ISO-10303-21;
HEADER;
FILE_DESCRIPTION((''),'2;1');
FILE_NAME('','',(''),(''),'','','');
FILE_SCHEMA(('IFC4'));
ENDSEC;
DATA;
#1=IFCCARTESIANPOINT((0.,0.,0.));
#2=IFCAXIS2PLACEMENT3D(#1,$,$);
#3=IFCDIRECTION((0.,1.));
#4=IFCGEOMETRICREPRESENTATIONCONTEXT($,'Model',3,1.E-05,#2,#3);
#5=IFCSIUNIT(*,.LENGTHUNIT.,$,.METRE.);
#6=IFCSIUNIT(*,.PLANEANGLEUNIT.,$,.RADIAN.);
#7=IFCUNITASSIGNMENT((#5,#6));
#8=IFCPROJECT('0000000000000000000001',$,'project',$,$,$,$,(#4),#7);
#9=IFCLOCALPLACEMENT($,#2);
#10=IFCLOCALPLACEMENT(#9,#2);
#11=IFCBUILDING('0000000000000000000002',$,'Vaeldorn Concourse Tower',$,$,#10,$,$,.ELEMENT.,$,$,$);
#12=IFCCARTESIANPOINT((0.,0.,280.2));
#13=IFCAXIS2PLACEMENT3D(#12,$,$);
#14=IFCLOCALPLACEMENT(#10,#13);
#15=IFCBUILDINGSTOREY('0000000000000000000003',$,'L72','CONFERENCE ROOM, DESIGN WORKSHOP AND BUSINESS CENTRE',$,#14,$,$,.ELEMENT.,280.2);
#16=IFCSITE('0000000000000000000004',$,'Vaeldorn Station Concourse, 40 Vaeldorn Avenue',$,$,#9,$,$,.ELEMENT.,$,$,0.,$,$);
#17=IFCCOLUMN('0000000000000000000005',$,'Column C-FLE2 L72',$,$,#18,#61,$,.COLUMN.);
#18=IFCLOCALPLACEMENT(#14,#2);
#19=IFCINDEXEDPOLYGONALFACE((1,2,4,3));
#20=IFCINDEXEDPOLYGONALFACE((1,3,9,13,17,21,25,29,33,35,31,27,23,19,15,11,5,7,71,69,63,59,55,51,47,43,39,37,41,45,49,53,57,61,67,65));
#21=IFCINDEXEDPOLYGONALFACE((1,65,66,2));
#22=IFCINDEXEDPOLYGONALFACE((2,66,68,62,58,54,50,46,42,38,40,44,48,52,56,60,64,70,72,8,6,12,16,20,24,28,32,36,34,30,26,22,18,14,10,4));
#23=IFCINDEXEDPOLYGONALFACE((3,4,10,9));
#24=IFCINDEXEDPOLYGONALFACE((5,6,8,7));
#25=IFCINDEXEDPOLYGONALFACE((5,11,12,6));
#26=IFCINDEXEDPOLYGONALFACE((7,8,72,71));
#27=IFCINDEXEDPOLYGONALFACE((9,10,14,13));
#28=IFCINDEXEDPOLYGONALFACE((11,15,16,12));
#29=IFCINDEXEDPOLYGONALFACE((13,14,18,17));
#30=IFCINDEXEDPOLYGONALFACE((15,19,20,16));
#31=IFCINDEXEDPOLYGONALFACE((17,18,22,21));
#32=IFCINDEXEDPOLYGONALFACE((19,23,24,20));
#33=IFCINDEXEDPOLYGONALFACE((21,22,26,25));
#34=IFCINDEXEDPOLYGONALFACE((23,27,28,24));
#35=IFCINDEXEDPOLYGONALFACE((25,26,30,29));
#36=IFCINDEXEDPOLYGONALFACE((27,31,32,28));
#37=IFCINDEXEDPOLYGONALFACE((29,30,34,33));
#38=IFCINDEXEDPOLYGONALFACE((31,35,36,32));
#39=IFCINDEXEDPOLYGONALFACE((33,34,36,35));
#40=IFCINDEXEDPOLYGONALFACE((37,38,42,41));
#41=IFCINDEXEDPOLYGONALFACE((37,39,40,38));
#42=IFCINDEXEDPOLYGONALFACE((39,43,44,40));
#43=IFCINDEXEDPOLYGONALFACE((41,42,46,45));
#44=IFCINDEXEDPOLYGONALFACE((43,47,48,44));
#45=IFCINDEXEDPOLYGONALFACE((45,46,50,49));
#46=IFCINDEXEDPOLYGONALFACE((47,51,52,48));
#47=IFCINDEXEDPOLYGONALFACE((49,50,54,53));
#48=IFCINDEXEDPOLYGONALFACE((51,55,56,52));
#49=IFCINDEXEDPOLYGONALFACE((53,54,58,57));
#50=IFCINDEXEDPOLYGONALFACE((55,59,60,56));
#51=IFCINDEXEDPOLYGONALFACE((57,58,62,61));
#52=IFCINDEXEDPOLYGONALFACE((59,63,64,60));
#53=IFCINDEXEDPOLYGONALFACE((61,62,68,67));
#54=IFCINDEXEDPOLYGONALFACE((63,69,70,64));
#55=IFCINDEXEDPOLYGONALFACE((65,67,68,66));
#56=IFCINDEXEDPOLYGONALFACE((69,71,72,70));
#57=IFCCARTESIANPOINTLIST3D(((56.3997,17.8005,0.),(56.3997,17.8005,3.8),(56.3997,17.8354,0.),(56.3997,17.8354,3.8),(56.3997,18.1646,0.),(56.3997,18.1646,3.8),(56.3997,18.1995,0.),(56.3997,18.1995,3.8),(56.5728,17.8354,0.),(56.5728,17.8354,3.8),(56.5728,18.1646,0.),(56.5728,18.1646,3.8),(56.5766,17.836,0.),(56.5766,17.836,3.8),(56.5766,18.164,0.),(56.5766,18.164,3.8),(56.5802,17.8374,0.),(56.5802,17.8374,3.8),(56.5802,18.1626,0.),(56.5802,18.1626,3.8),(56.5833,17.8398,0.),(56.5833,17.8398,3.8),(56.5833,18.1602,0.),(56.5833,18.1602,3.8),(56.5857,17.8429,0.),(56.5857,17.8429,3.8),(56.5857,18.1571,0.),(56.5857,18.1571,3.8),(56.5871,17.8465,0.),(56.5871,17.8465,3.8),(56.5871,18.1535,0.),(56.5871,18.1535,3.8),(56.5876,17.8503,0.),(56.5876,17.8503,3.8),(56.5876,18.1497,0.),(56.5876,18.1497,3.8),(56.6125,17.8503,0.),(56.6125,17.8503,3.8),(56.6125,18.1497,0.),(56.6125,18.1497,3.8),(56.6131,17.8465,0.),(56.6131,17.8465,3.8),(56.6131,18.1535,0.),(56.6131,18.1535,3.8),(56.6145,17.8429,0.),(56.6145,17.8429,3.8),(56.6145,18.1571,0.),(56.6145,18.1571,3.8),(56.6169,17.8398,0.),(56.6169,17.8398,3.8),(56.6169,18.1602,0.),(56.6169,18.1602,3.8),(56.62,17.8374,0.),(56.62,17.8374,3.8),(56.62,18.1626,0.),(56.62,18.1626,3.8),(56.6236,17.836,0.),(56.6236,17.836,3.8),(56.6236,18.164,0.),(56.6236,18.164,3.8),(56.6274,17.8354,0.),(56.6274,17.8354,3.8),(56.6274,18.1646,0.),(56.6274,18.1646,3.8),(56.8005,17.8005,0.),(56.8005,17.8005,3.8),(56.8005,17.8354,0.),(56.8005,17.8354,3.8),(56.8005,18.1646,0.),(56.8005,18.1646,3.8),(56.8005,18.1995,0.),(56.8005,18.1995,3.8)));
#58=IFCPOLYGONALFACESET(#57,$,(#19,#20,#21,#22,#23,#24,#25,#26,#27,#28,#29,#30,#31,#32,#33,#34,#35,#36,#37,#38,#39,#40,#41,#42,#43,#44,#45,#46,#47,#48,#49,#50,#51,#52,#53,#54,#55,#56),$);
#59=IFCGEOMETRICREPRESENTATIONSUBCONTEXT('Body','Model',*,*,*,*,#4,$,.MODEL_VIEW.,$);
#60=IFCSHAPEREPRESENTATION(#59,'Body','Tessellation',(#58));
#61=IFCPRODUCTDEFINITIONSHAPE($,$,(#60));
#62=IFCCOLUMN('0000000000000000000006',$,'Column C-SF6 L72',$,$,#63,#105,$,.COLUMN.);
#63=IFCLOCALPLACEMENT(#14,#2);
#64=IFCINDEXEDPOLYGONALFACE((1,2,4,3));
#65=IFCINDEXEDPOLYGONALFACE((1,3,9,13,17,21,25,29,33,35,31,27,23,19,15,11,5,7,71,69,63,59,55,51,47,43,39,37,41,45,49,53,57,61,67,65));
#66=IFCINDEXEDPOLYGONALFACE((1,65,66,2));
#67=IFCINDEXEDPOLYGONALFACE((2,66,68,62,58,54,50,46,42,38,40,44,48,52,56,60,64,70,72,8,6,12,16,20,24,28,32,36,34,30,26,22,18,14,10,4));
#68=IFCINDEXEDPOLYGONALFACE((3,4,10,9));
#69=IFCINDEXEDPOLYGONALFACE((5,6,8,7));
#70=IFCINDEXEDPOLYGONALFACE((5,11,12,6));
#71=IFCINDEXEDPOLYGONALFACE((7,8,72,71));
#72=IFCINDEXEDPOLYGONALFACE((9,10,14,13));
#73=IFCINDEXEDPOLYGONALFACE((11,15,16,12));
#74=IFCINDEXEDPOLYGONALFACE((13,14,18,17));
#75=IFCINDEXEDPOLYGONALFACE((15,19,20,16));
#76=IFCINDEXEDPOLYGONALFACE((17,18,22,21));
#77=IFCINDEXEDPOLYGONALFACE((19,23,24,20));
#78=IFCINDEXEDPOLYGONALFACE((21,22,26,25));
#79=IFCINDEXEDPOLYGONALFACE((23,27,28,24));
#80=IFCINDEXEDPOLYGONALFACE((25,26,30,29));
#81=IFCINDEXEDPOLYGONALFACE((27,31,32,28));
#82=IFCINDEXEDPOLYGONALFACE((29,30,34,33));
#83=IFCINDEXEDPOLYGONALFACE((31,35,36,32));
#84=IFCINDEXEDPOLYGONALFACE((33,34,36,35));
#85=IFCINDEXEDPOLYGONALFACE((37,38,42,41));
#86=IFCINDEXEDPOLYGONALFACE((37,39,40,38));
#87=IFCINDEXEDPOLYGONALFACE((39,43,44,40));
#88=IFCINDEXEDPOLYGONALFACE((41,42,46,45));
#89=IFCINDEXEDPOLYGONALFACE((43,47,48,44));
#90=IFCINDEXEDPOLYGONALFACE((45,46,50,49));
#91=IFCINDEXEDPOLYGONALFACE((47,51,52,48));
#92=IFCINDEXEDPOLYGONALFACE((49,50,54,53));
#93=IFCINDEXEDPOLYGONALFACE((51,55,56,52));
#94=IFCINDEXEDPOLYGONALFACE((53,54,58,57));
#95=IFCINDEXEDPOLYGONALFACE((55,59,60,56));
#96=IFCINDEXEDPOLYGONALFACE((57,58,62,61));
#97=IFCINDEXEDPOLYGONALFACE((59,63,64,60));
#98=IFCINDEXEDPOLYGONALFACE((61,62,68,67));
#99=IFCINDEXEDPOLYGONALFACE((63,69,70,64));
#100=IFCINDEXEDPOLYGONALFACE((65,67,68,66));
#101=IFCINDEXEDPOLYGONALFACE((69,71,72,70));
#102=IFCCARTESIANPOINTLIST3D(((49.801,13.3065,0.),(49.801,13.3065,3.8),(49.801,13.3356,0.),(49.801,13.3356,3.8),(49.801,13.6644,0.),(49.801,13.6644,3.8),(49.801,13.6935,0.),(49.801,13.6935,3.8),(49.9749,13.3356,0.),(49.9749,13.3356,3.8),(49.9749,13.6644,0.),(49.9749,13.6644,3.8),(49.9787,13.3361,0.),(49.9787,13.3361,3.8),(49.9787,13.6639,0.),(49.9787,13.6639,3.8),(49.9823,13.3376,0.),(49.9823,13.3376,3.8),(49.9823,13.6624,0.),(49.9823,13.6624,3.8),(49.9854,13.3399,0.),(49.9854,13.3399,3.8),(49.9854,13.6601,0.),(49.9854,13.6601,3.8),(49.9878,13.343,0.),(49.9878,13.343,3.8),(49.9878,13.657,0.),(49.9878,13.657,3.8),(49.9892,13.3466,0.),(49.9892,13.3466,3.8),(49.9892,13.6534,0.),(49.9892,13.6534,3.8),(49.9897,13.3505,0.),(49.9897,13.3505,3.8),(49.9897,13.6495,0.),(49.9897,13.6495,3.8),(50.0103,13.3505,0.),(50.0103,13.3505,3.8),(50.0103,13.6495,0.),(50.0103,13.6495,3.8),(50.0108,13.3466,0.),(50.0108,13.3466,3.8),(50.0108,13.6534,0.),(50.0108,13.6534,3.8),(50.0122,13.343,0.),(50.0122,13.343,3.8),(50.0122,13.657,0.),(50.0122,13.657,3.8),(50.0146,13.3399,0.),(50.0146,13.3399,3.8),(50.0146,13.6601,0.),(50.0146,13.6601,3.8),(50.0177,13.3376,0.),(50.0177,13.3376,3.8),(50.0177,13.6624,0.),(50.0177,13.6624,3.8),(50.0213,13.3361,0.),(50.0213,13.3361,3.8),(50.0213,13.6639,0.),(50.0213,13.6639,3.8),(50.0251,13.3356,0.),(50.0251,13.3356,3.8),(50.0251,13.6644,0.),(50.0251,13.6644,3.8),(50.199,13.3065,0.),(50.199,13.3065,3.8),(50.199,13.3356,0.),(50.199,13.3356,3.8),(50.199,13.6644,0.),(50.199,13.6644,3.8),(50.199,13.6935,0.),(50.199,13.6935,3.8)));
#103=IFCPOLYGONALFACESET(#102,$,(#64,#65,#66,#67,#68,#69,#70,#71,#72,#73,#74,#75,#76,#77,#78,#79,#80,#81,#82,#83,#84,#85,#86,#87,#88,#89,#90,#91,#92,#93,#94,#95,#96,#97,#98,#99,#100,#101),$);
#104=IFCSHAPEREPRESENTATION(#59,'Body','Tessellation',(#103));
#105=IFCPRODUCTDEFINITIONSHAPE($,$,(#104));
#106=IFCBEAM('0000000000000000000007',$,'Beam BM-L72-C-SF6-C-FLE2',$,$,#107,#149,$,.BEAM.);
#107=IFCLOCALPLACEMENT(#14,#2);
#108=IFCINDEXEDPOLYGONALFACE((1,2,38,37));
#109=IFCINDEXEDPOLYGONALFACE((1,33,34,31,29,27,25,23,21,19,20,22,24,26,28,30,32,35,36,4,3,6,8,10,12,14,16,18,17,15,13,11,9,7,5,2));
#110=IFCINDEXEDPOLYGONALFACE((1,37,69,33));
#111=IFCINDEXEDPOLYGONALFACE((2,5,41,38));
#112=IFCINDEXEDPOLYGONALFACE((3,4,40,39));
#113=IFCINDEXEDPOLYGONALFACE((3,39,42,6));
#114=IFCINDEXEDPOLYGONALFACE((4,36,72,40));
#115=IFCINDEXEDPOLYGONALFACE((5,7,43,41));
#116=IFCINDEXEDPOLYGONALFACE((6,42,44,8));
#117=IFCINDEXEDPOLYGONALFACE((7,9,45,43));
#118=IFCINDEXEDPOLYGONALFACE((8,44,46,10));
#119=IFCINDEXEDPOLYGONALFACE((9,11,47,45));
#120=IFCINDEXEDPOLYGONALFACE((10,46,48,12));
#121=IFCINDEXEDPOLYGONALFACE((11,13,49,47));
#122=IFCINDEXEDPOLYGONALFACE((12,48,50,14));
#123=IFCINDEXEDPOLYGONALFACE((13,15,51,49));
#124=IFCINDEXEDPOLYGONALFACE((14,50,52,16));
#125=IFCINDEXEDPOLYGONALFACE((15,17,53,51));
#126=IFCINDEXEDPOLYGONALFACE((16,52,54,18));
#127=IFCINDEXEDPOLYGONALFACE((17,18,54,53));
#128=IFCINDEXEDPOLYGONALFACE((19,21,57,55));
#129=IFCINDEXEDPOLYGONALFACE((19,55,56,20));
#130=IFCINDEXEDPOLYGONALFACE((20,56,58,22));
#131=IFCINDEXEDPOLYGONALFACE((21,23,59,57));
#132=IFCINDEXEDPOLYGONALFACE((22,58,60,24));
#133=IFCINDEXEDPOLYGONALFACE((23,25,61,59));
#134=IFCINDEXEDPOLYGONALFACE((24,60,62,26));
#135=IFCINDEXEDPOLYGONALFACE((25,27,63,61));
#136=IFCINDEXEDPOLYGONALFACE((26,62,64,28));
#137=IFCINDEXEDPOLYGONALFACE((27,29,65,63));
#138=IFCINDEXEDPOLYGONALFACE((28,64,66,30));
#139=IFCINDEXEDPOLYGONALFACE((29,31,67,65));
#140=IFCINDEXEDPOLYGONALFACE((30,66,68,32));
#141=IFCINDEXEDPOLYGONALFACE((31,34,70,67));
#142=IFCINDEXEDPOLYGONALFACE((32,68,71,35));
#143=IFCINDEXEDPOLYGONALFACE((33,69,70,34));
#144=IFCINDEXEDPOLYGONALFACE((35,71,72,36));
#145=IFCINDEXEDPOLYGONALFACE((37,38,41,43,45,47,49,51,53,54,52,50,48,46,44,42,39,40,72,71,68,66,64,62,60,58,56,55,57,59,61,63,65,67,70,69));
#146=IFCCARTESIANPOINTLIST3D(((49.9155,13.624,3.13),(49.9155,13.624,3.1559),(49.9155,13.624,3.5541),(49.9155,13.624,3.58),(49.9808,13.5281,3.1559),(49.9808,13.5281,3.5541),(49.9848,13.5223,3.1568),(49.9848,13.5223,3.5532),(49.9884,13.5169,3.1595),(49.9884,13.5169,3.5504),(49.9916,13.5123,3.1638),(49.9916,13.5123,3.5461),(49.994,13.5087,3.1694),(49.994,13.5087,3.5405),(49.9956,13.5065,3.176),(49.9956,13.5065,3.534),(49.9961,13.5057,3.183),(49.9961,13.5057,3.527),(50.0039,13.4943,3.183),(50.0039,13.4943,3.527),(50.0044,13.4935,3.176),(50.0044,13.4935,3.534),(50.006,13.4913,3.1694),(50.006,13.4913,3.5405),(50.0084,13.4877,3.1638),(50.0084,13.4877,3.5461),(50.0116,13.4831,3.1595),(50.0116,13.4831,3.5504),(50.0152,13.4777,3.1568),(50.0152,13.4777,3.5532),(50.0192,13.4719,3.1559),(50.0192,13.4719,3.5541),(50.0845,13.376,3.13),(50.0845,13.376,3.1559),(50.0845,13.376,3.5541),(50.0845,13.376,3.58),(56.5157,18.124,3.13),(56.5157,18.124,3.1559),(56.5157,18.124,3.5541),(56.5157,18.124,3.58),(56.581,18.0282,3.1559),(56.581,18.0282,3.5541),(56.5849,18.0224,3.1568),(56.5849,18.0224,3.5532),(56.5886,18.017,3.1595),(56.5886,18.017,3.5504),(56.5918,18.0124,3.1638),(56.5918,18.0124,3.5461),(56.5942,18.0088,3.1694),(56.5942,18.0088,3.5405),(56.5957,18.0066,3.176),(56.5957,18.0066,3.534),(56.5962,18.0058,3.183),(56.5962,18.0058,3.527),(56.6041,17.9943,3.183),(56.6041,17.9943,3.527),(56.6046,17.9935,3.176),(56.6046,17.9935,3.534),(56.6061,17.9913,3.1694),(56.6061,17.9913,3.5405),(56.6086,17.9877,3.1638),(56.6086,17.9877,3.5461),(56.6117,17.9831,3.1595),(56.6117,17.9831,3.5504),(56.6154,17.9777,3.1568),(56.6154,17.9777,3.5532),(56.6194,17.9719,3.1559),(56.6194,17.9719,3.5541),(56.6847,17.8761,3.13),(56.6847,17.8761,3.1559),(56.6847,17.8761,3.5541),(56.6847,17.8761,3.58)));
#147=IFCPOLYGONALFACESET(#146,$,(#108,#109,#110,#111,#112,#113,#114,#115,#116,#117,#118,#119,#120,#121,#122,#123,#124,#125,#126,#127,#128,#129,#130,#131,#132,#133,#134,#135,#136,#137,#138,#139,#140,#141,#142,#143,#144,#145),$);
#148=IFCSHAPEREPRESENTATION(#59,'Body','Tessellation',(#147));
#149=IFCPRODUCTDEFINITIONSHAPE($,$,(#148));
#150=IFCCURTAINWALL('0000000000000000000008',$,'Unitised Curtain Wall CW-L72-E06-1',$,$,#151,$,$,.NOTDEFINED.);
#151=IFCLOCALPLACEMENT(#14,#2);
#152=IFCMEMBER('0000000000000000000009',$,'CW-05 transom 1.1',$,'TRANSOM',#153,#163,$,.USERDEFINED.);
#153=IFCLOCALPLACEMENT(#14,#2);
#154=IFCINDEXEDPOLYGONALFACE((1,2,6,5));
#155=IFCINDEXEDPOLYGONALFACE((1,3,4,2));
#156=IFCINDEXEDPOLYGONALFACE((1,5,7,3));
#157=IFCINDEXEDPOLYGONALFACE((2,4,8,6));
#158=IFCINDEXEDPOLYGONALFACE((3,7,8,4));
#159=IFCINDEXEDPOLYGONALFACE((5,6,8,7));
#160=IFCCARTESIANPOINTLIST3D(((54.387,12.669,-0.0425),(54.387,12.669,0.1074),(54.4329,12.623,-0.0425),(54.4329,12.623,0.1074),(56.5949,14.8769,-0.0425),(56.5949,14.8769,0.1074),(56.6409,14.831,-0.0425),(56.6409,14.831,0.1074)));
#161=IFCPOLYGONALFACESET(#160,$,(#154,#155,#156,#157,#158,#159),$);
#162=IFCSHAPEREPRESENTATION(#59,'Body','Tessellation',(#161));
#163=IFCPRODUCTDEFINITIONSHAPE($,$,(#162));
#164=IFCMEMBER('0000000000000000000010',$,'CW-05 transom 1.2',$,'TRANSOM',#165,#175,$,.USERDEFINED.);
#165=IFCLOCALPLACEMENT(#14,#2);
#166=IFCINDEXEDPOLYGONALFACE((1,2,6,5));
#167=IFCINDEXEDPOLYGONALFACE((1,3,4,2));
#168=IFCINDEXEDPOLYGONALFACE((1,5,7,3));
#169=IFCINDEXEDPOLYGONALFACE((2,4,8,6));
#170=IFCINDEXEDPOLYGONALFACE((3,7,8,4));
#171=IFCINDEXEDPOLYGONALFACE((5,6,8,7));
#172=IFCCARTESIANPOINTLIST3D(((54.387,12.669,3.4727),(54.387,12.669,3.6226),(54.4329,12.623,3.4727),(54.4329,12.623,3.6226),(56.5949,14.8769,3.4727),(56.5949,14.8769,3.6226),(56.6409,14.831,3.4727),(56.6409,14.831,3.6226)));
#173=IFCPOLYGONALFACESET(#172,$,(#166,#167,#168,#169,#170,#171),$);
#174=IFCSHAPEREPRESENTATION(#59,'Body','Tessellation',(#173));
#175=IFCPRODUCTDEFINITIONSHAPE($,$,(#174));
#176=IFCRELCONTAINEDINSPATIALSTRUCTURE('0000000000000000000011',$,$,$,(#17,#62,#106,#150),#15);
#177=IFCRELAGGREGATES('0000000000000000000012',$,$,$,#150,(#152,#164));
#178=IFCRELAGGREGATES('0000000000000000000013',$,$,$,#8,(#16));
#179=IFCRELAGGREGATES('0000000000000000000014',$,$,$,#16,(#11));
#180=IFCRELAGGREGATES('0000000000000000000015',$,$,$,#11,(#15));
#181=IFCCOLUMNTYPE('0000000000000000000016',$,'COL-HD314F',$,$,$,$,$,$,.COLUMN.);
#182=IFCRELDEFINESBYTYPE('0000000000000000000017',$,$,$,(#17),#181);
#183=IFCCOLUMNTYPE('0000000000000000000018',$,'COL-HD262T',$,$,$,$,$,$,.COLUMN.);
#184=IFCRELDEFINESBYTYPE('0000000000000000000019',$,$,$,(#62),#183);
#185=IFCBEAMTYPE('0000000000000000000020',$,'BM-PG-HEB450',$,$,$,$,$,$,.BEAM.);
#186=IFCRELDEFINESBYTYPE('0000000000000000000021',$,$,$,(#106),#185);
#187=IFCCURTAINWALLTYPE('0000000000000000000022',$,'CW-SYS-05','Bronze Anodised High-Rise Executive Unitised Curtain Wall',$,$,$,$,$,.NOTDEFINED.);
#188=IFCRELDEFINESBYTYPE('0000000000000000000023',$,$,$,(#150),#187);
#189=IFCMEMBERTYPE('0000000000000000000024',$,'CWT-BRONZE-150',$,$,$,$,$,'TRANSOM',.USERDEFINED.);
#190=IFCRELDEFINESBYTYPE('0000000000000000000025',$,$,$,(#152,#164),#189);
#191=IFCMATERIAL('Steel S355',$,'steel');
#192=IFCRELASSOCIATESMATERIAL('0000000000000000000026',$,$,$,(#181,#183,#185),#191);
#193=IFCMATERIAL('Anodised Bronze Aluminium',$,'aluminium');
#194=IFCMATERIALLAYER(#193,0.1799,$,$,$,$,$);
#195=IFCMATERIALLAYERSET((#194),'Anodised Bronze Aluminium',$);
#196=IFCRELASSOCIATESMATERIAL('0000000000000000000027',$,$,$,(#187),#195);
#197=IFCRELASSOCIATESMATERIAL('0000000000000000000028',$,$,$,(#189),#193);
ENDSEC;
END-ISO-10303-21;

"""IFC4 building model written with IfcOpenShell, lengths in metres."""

from ifc_helpers import new_model, si_unit, direction, frame, origin, origin_2d, place, context, subcontext, project, spatial, rectangle, i_section, extrude, source, transform, mapped, material, layer, layer_set, material_profile, profile_set, type_object, element, aggregate, save


model = new_model("IFC4")

# Units and contexts
model_context = context("Model", 3, precision=1e-05, world=origin(), true_north=direction((0.0, 1.0)))
body_context = subcontext(model_context, "Body", "Model", "MODEL_VIEW")
ifc_project = project(units=[si_unit("LENGTHUNIT", "METRE"), si_unit("PLANEANGLEUNIT", "RADIAN")], contexts=[model_context])

# Site, building, storey
site_placement = place(None, origin())
site = spatial("IfcSite", under=ifc_project, at=site_placement, Name="Vaeldorn Station Concourse, 40 Vaeldorn Avenue", CompositionType="ELEMENT", RefElevation=0.0)
building_placement = place(site_placement, origin())
building = spatial("IfcBuilding", under=site, at=building_placement, Name="Vaeldorn Concourse Tower", CompositionType="ELEMENT")
storey_placement = place(building_placement, frame((0.0, 0.0, 280.2)))
storey = spatial("IfcBuildingStorey", under=building, at=storey_placement, Name="L72", Description="CONFERENCE ROOM, DESIGN WORKSHOP AND BUSINESS CENTRE", CompositionType="ELEMENT", Elevation=280.2)

# Columns
ifc_material_1 = material(Name="Steel S355", Category="steel")
ifc_material_profile_1 = material_profile(ifc_material_1, i_section(OverallWidth=0.4009, OverallDepth=0.3989, WebThickness=0.0249, FlangeThickness=0.0349, FilletRadius=0.0149, at=origin_2d()), Name="HD 400x314")
ifc_profile_set_1 = profile_set([ifc_material_profile_1], Name="Steel S355")
column_type_1 = type_object("IfcColumnType", Name="COL-HD314F", PredefinedType="COLUMN", material=ifc_profile_set_1)
shared_shape_1 = source(origin(), body_context, "Body", "SweptSolid", [
    extrude(i_section(OverallWidth=0.4009, OverallDepth=0.3989, WebThickness=0.0249, FlangeThickness=0.0349, FilletRadius=0.0149, at=origin_2d()), origin(), (0.0, 0.0, 1.0), 3.8),
])
column_1_placement = place(storey_placement, frame((56.6001, 18.0, 0.0), z_axis=(0.0, 0.0, 1.0), x_axis=(1.0, 0.0, 0.0)))
element("IfcColumn", 1, at=column_1_placement, inside=storey, type_object=column_type_1, Name="Column C-FLE2 L72", PredefinedType="COLUMN", context=body_context, shape_type="MappedRepresentation", body=[
    mapped(shared_shape_1, transform((0.0, 0.0, 0.0), scale=1.0)),
])
ifc_material_profile_2 = material_profile(ifc_material_1, i_section(OverallWidth=0.3979, OverallDepth=0.387, WebThickness=0.0205, FlangeThickness=0.0291, FilletRadius=0.0149, at=origin_2d()), Name="HD 400x262")
ifc_profile_set_2 = profile_set([ifc_material_profile_2], Name="Steel S355")
column_type_2 = type_object("IfcColumnType", Name="COL-HD262T", PredefinedType="COLUMN", material=ifc_profile_set_2)
shared_shape_2 = source(origin(), body_context, "Body", "SweptSolid", [
    extrude(i_section(OverallWidth=0.3979, OverallDepth=0.387, WebThickness=0.0205, FlangeThickness=0.0291, FilletRadius=0.0149, at=origin_2d()), origin(), (0.0, 0.0, 1.0), 3.8),
])
column_2_placement = place(storey_placement, frame((50.0, 13.5, 0.0), z_axis=(0.0, 0.0, 1.0), x_axis=(1.0, 0.0, 0.0)))
element("IfcColumn", 2, at=column_2_placement, inside=storey, type_object=column_type_2, Name="Column C-SF6 L72", PredefinedType="COLUMN", context=body_context, shape_type="MappedRepresentation", body=[
    mapped(shared_shape_2, transform((0.0, 0.0, 0.0), scale=1.0)),
])

# Beam
ifc_material_profile_3 = material_profile(ifc_material_1, i_section(OverallWidth=0.3, OverallDepth=0.45, WebThickness=0.0139, FlangeThickness=0.0259, FilletRadius=0.0271, at=origin_2d()), Name="HEB 450")
ifc_profile_set_3 = profile_set([ifc_material_profile_3], Name="Steel S355")
beam_type = type_object("IfcBeamType", Name="BM-PG-HEB450", PredefinedType="BEAM", material=ifc_profile_set_3)
shared_shape_3 = source(origin(), body_context, "Body", "SweptSolid", [
    extrude(i_section(OverallWidth=0.3, OverallDepth=0.45, WebThickness=0.0139, FlangeThickness=0.0259, FilletRadius=0.0271, at=origin_2d()), origin(), (0.0, 0.0, 1.0), 7.9883),
])
beam_placement = place(storey_placement, frame((50.0, 13.5, 3.355), z_axis=(0.826231, 0.563331, 0.0), x_axis=(-0.563331, 0.826231, 0.0)))
element("IfcBeam", 3, at=beam_placement, inside=storey, type_object=beam_type, Name="Beam BM-L72-C-SF6-C-FLE2", PredefinedType="BEAM", context=body_context, shape_type="MappedRepresentation", body=[
    mapped(shared_shape_3, transform((0.0, 0.0, 0.0), scale=1.0)),
])

# Curtain wall, members
ifc_material_2 = material(Name="Anodised Bronze Aluminium", Category="aluminium")
ifc_layer_1 = layer(ifc_material_2, 0.1799)
ifc_layer_set_1 = layer_set([ifc_layer_1], Name="Anodised Bronze Aluminium")
curtain_wall_type = type_object("IfcCurtainWallType", Name="CW-SYS-05", Description="Bronze Anodised High-Rise Executive Unitised Curtain Wall", PredefinedType="NOTDEFINED", material=ifc_layer_set_1)
curtain_wall_1_placement = place(storey_placement, origin())
curtain_wall_1 = element("IfcCurtainWall", 4, at=curtain_wall_1_placement, inside=storey, type_object=curtain_wall_type, Name="Unitised Curtain Wall CW-L72-E06-1", PredefinedType="NOTDEFINED")
ifc_material_profile_4 = material_profile(ifc_material_2, rectangle(XDim=0.0649, YDim=0.1499, at=origin_2d()), Name="CWT 65x150")
ifc_profile_set_4 = profile_set([ifc_material_profile_4], Name="Anodised Bronze Aluminium")
member_type_1 = type_object("IfcMemberType", Name="CWT-BRONZE-150", ElementType="TRANSOM", PredefinedType="USERDEFINED", material=ifc_profile_set_4)
shared_shape_4 = source(origin(), body_context, "Body", "SweptSolid", [
    extrude(rectangle(XDim=0.0649, YDim=0.1499, at=origin_2d()), origin(), (0.0, 0.0, 1.0), 3.1226),
])
member_1_placement = place(storey_placement, frame((54.4099, 12.646, 0.0325), z_axis=(0.707107, 0.707107, 0.0), x_axis=(-0.707107, 0.707107, 0.0)))
member_1 = element("IfcMember", 5, at=member_1_placement, type_object=member_type_1, Name="CW-05 transom 1.1", ObjectType="TRANSOM", PredefinedType="USERDEFINED", context=body_context, shape_type="MappedRepresentation", body=[
    mapped(shared_shape_4, transform((0.0, 0.0, 0.0), scale=1.0)),
])
member_2_placement = place(storey_placement, frame((54.4099, 12.646, 3.5476), z_axis=(0.707107, 0.707107, 0.0), x_axis=(-0.707107, 0.707107, 0.0)))
member_2 = element("IfcMember", 6, at=member_2_placement, type_object=member_type_1, Name="CW-05 transom 1.2", ObjectType="TRANSOM", PredefinedType="USERDEFINED", context=body_context, shape_type="MappedRepresentation", body=[
    mapped(shared_shape_4, transform((0.0, 0.0, 0.0), scale=1.0)),
])

aggregate(curtain_wall_1, [member_1, member_2])

save(model, "model.ifc")
